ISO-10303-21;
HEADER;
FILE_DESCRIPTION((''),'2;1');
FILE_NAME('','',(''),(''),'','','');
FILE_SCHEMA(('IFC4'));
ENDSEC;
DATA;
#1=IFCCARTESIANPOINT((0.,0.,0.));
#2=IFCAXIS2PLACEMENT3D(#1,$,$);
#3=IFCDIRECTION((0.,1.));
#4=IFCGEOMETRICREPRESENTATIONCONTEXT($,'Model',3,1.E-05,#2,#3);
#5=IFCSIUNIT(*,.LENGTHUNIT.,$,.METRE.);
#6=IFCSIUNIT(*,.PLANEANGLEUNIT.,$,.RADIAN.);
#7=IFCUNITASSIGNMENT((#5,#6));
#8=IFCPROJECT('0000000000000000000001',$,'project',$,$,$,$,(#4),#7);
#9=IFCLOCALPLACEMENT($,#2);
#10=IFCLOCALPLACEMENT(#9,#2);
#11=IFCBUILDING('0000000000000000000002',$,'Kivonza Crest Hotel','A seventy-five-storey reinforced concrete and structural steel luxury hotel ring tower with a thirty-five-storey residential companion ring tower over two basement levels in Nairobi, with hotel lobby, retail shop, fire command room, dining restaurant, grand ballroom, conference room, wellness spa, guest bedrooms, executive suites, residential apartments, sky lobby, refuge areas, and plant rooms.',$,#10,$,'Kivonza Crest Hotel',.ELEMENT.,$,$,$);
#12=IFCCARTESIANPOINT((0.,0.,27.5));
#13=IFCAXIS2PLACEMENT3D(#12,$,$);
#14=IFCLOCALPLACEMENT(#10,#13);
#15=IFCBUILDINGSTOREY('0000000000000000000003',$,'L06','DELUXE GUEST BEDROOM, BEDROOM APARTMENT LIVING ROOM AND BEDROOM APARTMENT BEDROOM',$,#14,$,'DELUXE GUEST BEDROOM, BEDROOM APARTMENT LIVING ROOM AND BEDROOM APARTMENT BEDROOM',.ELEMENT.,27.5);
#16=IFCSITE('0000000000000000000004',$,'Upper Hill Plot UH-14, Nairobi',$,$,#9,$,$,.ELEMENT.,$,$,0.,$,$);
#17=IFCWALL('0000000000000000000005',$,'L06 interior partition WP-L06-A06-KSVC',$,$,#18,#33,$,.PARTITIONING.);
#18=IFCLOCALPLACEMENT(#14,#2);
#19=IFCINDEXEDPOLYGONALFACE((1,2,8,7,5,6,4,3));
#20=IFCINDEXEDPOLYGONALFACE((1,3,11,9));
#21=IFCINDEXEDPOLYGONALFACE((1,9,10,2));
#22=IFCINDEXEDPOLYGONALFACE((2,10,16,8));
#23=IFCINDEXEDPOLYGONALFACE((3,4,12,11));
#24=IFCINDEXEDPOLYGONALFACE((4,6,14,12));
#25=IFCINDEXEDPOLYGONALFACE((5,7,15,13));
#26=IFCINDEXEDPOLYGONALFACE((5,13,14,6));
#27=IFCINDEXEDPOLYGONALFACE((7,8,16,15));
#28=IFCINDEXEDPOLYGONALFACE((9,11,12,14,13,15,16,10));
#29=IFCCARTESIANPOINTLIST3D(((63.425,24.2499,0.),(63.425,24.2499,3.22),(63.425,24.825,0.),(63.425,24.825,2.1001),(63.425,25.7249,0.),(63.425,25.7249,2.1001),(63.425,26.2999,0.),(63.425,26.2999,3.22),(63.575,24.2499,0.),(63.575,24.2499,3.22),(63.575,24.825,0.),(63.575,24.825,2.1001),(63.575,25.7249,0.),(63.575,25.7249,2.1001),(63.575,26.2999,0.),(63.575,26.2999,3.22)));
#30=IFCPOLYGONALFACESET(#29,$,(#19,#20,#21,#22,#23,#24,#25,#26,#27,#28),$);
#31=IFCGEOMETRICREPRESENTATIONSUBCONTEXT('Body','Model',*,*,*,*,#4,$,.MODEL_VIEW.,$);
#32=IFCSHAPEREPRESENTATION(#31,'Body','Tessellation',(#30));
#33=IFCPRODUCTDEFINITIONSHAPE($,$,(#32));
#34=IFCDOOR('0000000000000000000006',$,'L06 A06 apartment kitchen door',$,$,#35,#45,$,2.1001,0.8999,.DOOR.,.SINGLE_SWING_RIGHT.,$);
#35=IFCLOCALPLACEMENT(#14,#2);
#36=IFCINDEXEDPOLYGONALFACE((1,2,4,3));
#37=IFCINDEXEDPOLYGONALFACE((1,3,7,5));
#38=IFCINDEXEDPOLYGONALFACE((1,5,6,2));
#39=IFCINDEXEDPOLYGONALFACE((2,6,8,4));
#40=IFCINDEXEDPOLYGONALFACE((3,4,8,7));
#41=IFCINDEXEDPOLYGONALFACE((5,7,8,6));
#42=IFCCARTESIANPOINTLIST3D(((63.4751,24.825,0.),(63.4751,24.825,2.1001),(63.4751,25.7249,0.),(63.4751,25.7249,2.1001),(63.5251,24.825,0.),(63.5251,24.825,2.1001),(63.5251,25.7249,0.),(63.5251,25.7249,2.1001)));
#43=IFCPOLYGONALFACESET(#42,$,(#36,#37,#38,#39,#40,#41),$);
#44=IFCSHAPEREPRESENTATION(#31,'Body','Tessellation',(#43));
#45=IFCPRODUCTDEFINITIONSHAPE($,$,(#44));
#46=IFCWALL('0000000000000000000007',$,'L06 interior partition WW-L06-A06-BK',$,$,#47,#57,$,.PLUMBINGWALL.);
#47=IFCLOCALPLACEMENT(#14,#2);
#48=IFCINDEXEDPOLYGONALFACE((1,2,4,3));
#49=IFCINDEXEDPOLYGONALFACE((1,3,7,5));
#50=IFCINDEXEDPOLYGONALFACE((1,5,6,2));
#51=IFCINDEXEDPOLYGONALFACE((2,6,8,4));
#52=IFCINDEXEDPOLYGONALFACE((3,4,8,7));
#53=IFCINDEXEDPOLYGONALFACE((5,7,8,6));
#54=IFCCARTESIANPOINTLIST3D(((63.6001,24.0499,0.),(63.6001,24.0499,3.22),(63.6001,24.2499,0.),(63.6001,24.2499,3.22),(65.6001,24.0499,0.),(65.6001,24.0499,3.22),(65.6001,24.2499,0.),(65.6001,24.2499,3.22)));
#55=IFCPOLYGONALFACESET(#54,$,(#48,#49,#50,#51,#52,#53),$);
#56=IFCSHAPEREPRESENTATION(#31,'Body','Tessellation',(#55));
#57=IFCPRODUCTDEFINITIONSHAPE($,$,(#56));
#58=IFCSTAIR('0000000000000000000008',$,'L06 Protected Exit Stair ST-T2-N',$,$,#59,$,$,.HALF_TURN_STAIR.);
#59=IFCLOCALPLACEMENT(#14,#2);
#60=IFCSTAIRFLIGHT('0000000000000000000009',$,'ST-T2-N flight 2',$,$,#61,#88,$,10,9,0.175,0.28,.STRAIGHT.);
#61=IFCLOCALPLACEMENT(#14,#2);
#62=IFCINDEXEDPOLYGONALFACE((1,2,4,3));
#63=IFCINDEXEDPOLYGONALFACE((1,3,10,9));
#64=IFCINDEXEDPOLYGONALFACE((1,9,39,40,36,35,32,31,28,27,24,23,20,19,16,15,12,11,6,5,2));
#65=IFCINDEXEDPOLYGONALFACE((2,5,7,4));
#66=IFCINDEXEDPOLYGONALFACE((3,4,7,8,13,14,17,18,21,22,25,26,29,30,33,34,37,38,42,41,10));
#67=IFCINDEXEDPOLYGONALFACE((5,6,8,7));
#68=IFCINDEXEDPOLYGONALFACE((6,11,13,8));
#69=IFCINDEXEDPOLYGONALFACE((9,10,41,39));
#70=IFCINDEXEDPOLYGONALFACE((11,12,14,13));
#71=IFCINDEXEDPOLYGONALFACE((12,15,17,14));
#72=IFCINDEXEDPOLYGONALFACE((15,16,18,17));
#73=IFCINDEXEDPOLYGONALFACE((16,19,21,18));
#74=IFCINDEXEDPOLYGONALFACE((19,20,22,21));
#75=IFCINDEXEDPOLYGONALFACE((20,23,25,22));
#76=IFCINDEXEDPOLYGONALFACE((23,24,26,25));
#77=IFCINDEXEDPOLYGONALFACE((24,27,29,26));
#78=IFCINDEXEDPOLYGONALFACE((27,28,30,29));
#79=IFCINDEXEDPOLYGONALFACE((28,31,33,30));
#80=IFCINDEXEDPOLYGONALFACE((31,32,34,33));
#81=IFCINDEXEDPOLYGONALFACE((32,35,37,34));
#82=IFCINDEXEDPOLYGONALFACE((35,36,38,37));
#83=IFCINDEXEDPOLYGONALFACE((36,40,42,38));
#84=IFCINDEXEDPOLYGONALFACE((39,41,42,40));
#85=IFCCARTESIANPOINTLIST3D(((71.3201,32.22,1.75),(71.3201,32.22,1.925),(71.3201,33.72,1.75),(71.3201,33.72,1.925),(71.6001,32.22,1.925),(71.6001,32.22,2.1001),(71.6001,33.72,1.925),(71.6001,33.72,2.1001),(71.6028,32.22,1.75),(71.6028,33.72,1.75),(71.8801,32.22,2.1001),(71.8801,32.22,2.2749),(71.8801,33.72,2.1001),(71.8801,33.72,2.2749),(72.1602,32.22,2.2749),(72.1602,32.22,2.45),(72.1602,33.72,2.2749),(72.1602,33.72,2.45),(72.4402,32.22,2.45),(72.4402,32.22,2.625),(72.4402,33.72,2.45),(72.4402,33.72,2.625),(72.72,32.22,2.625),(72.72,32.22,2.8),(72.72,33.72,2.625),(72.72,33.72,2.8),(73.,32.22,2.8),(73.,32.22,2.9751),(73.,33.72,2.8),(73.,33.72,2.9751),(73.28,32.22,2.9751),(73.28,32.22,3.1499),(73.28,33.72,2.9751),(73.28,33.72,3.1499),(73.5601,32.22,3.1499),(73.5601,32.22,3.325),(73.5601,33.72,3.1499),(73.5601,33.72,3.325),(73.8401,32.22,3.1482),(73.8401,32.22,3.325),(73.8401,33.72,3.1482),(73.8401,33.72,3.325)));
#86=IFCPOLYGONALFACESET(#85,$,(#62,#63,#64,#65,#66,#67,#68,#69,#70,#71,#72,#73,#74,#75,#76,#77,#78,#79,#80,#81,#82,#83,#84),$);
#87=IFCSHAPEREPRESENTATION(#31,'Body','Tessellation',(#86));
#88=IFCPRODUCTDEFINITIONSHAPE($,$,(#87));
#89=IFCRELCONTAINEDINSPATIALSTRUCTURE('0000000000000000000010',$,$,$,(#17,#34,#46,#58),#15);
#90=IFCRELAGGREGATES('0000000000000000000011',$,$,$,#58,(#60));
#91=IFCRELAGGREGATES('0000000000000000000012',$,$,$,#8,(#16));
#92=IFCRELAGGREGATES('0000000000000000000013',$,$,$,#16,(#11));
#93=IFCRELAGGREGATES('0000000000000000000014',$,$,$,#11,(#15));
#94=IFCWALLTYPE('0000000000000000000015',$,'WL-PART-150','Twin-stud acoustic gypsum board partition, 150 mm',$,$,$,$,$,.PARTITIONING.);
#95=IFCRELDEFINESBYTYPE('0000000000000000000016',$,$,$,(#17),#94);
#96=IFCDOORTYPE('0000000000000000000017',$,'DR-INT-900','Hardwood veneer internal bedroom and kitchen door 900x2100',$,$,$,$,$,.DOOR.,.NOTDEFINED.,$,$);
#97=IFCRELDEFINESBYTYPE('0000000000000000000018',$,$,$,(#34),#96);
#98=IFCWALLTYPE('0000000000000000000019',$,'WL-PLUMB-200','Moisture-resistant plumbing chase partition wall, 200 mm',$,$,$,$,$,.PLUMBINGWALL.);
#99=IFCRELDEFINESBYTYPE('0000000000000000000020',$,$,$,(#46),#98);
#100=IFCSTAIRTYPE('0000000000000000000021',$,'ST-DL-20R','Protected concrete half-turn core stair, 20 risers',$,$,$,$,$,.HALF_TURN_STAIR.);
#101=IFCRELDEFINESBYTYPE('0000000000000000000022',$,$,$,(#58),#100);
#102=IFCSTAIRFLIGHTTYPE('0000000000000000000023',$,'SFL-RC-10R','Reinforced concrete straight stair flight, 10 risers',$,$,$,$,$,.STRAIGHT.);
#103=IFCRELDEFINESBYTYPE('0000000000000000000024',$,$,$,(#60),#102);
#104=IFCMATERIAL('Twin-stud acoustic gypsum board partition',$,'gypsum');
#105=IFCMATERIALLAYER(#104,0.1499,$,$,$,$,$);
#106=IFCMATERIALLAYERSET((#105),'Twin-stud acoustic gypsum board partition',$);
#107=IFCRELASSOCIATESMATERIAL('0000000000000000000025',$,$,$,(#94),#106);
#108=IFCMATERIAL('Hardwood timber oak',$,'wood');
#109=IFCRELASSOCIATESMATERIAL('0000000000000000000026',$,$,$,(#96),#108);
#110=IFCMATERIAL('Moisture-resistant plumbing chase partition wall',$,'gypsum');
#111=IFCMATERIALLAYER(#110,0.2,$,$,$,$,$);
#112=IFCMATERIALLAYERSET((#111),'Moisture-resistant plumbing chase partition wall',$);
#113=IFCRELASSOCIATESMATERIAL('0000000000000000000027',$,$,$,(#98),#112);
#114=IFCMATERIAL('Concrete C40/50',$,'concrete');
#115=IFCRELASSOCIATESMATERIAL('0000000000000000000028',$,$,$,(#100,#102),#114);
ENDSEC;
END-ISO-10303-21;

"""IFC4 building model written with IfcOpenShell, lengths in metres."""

from ifc_helpers import new_model, si_unit, direction, frame, frame_2d, origin, place, context, subcontext, project, spatial, polyline, rectangle, outline, extrude, material, layer, layer_set, type_object, element, fill, aggregate, save


model = new_model("IFC4")

# Units and contexts
model_context = context("Model", 3, precision=1e-05, world=origin(), true_north=direction((0.0, 1.0)))
body_context = subcontext(model_context, "Body", "Model", "MODEL_VIEW")
ifc_project = project(units=[si_unit("LENGTHUNIT", "METRE"), si_unit("PLANEANGLEUNIT", "RADIAN")], contexts=[model_context])

# Site, building, storey
site_placement = place(None, origin())
site = spatial("IfcSite", under=ifc_project, at=site_placement, Name="Upper Hill Plot UH-14, Nairobi", CompositionType="ELEMENT", RefElevation=0.0)
building_placement = place(site_placement, origin())
building = spatial("IfcBuilding", under=site, at=building_placement, Name="Kivonza Crest Hotel", Description="A seventy-five-storey reinforced concrete and structural steel luxury hotel ring tower with a thirty-five-storey residential companion ring tower over two basement levels in Nairobi, with hotel lobby, retail shop, fire command room, dining restaurant, grand ballroom, conference room, wellness spa, guest bedrooms, executive suites, residential apartments, sky lobby, refuge areas, and plant rooms.", LongName="Kivonza Crest Hotel", CompositionType="ELEMENT")
storey_placement = place(building_placement, frame((0.0, 0.0, 27.5)))
storey = spatial("IfcBuildingStorey", under=building, at=storey_placement, Name="L06", Description="DELUXE GUEST BEDROOM, BEDROOM APARTMENT LIVING ROOM AND BEDROOM APARTMENT BEDROOM", LongName="DELUXE GUEST BEDROOM, BEDROOM APARTMENT LIVING ROOM AND BEDROOM APARTMENT BEDROOM", CompositionType="ELEMENT", Elevation=27.5)

# Shared definitions
ifc_material_1 = material(Name="Hardwood timber oak", Category="wood")

# Shared definitions
ifc_material_2 = material(Name="Twin-stud acoustic gypsum board partition", Category="gypsum")
ifc_layer_1 = layer(ifc_material_2, 0.1499)
ifc_layer_set_1 = layer_set([ifc_layer_1], Name="Twin-stud acoustic gypsum board partition")
wall_type_1 = type_object("IfcWallType", Name="WL-PART-150", Description="Twin-stud acoustic gypsum board partition, 150 mm", PredefinedType="PARTITIONING", material=ifc_layer_set_1)

# Wall, opening, door
wall_1_placement = place(storey_placement, frame((63.5, 24.25, 0.0), z_axis=(0.0, 0.0, 1.0), x_axis=(0.0, 1.0, 0.0)))
wall_1 = element("IfcWall", 1, at=wall_1_placement, inside=storey, type_object=wall_type_1, Name="L06 interior partition WP-L06-A06-KSVC", PredefinedType="PARTITIONING", context=body_context, shape_type="SweptSolid", body=[
    extrude(rectangle(XDim=2.05, YDim=0.1499, at=frame_2d((1.0249, 0.0))), origin(), (0.0, 0.0, 1.0), 3.22),
])
opening_1_placement = place(wall_1_placement, frame((0.575, 0.0, 0.0)))
opening_1 = element("IfcOpeningElement", 2, at=opening_1_placement, cuts=wall_1, PredefinedType="OPENING", context=body_context, shape_type="SweptSolid", body=[
    extrude(rectangle(XDim=0.8999, YDim=2.1001, at=frame_2d((0.45, 1.05))), frame((0.0, 0.085, 0.0), z_axis=(0.0, -1.0, 0.0), x_axis=(1.0, 0.0, 0.0)), (0.0, 0.0, 1.0), 0.1699),
])
door_type_1 = type_object("IfcDoorType", Name="DR-INT-900", Description="Hardwood veneer internal bedroom and kitchen door 900x2100", OperationType="NOTDEFINED", PredefinedType="DOOR", material=ifc_material_1)
door_1_placement = place(opening_1_placement, origin())
door_1 = element("IfcDoor", 3, at=door_1_placement, inside=storey, type_object=door_type_1, Name="L06 A06 apartment kitchen door", OperationType="SINGLE_SWING_RIGHT", OverallHeight=2.1001, OverallWidth=0.8999, PredefinedType="DOOR", context=body_context, shape_type="SweptSolid", body=[
    extrude(rectangle(XDim=0.8999, YDim=2.1001, at=frame_2d((0.45, 1.05))), frame((0.0, 0.0249, 0.0), z_axis=(0.0, -1.0, 0.0), x_axis=(1.0, 0.0, 0.0)), (0.0, 0.0, 1.0), 0.05),
])
fill(opening_1, door_1)

# Wall
ifc_material_3 = material(Name="Moisture-resistant plumbing chase partition wall", Category="gypsum")
ifc_layer_2 = layer(ifc_material_3, 0.2)
ifc_layer_set_2 = layer_set([ifc_layer_2], Name="Moisture-resistant plumbing chase partition wall")
wall_type_2 = type_object("IfcWallType", Name="WL-PLUMB-200", Description="Moisture-resistant plumbing chase partition wall, 200 mm", PredefinedType="PLUMBINGWALL", material=ifc_layer_set_2)
wall_2_placement = place(storey_placement, frame((63.6001, 24.1499, 0.0), z_axis=(0.0, 0.0, 1.0), x_axis=(1.0, 0.0, 0.0)))
element("IfcWall", 4, at=wall_2_placement, inside=storey, type_object=wall_type_2, Name="L06 interior partition WW-L06-A06-BK", PredefinedType="PLUMBINGWALL", context=body_context, shape_type="SweptSolid", body=[
    extrude(rectangle(XDim=2.0, YDim=0.2, at=frame_2d((1.0, 0.0))), origin(), (0.0, 0.0, 1.0), 3.22),
])

# Stair, stair flight
ifc_material_4 = material(Name="Concrete C40/50", Category="concrete")
stair_type = type_object("IfcStairType", Name="ST-DL-20R", Description="Protected concrete half-turn core stair, 20 risers", PredefinedType="HALF_TURN_STAIR", material=ifc_material_4)
stair_placement = place(storey_placement, origin())
stair = element("IfcStair", 5, at=stair_placement, inside=storey, type_object=stair_type, Name="L06 Protected Exit Stair ST-T2-N", PredefinedType="HALF_TURN_STAIR")
stair_flight_type = type_object("IfcStairFlightType", Name="SFL-RC-10R", Description="Reinforced concrete straight stair flight, 10 risers", PredefinedType="STRAIGHT", material=ifc_material_4)
stair_flight_placement = place(storey_placement, frame((71.3201, 32.97, 1.75), z_axis=(0.0, 0.0, 1.0), x_axis=(1.0, 0.0, 0.0)))
stair_flight = element("IfcStairFlight", 6, at=stair_flight_placement, type_object=stair_flight_type, Name="ST-T2-N flight 2", NumberOfRisers=10, NumberOfTreads=9, PredefinedType="STRAIGHT", RiserHeight=0.175, TreadLength=0.28, context=body_context, shape_type="SweptSolid", body=[
    extrude(outline(polyline([(0.0, 0.0), (0.0, 0.175), (0.28, 0.175), (0.28, 0.3501), (0.5601, 0.3501), (0.5601, 0.5249), (0.8401, 0.5249), (0.8401, 0.7), (1.1201, 0.7), (1.1201, 0.875), (1.3999, 0.875), (1.3999, 1.05), (1.6799, 1.05), (1.6799, 1.2251), (1.96, 1.2251), (1.96, 1.3999), (2.24, 1.3999), (2.24, 1.575), (2.52, 1.575), (2.52, 1.75), (2.52, 1.3982), (0.2827, 0.0), (0.0, 0.0)])), frame((0.0, 0.75, 0.0), z_axis=(0.0, -1.0, 0.0), x_axis=(1.0, 0.0, 0.0)), (0.0, 0.0, 1.0), 1.5),
])
aggregate(stair, [stair_flight])

save(model, "model.ifc")
